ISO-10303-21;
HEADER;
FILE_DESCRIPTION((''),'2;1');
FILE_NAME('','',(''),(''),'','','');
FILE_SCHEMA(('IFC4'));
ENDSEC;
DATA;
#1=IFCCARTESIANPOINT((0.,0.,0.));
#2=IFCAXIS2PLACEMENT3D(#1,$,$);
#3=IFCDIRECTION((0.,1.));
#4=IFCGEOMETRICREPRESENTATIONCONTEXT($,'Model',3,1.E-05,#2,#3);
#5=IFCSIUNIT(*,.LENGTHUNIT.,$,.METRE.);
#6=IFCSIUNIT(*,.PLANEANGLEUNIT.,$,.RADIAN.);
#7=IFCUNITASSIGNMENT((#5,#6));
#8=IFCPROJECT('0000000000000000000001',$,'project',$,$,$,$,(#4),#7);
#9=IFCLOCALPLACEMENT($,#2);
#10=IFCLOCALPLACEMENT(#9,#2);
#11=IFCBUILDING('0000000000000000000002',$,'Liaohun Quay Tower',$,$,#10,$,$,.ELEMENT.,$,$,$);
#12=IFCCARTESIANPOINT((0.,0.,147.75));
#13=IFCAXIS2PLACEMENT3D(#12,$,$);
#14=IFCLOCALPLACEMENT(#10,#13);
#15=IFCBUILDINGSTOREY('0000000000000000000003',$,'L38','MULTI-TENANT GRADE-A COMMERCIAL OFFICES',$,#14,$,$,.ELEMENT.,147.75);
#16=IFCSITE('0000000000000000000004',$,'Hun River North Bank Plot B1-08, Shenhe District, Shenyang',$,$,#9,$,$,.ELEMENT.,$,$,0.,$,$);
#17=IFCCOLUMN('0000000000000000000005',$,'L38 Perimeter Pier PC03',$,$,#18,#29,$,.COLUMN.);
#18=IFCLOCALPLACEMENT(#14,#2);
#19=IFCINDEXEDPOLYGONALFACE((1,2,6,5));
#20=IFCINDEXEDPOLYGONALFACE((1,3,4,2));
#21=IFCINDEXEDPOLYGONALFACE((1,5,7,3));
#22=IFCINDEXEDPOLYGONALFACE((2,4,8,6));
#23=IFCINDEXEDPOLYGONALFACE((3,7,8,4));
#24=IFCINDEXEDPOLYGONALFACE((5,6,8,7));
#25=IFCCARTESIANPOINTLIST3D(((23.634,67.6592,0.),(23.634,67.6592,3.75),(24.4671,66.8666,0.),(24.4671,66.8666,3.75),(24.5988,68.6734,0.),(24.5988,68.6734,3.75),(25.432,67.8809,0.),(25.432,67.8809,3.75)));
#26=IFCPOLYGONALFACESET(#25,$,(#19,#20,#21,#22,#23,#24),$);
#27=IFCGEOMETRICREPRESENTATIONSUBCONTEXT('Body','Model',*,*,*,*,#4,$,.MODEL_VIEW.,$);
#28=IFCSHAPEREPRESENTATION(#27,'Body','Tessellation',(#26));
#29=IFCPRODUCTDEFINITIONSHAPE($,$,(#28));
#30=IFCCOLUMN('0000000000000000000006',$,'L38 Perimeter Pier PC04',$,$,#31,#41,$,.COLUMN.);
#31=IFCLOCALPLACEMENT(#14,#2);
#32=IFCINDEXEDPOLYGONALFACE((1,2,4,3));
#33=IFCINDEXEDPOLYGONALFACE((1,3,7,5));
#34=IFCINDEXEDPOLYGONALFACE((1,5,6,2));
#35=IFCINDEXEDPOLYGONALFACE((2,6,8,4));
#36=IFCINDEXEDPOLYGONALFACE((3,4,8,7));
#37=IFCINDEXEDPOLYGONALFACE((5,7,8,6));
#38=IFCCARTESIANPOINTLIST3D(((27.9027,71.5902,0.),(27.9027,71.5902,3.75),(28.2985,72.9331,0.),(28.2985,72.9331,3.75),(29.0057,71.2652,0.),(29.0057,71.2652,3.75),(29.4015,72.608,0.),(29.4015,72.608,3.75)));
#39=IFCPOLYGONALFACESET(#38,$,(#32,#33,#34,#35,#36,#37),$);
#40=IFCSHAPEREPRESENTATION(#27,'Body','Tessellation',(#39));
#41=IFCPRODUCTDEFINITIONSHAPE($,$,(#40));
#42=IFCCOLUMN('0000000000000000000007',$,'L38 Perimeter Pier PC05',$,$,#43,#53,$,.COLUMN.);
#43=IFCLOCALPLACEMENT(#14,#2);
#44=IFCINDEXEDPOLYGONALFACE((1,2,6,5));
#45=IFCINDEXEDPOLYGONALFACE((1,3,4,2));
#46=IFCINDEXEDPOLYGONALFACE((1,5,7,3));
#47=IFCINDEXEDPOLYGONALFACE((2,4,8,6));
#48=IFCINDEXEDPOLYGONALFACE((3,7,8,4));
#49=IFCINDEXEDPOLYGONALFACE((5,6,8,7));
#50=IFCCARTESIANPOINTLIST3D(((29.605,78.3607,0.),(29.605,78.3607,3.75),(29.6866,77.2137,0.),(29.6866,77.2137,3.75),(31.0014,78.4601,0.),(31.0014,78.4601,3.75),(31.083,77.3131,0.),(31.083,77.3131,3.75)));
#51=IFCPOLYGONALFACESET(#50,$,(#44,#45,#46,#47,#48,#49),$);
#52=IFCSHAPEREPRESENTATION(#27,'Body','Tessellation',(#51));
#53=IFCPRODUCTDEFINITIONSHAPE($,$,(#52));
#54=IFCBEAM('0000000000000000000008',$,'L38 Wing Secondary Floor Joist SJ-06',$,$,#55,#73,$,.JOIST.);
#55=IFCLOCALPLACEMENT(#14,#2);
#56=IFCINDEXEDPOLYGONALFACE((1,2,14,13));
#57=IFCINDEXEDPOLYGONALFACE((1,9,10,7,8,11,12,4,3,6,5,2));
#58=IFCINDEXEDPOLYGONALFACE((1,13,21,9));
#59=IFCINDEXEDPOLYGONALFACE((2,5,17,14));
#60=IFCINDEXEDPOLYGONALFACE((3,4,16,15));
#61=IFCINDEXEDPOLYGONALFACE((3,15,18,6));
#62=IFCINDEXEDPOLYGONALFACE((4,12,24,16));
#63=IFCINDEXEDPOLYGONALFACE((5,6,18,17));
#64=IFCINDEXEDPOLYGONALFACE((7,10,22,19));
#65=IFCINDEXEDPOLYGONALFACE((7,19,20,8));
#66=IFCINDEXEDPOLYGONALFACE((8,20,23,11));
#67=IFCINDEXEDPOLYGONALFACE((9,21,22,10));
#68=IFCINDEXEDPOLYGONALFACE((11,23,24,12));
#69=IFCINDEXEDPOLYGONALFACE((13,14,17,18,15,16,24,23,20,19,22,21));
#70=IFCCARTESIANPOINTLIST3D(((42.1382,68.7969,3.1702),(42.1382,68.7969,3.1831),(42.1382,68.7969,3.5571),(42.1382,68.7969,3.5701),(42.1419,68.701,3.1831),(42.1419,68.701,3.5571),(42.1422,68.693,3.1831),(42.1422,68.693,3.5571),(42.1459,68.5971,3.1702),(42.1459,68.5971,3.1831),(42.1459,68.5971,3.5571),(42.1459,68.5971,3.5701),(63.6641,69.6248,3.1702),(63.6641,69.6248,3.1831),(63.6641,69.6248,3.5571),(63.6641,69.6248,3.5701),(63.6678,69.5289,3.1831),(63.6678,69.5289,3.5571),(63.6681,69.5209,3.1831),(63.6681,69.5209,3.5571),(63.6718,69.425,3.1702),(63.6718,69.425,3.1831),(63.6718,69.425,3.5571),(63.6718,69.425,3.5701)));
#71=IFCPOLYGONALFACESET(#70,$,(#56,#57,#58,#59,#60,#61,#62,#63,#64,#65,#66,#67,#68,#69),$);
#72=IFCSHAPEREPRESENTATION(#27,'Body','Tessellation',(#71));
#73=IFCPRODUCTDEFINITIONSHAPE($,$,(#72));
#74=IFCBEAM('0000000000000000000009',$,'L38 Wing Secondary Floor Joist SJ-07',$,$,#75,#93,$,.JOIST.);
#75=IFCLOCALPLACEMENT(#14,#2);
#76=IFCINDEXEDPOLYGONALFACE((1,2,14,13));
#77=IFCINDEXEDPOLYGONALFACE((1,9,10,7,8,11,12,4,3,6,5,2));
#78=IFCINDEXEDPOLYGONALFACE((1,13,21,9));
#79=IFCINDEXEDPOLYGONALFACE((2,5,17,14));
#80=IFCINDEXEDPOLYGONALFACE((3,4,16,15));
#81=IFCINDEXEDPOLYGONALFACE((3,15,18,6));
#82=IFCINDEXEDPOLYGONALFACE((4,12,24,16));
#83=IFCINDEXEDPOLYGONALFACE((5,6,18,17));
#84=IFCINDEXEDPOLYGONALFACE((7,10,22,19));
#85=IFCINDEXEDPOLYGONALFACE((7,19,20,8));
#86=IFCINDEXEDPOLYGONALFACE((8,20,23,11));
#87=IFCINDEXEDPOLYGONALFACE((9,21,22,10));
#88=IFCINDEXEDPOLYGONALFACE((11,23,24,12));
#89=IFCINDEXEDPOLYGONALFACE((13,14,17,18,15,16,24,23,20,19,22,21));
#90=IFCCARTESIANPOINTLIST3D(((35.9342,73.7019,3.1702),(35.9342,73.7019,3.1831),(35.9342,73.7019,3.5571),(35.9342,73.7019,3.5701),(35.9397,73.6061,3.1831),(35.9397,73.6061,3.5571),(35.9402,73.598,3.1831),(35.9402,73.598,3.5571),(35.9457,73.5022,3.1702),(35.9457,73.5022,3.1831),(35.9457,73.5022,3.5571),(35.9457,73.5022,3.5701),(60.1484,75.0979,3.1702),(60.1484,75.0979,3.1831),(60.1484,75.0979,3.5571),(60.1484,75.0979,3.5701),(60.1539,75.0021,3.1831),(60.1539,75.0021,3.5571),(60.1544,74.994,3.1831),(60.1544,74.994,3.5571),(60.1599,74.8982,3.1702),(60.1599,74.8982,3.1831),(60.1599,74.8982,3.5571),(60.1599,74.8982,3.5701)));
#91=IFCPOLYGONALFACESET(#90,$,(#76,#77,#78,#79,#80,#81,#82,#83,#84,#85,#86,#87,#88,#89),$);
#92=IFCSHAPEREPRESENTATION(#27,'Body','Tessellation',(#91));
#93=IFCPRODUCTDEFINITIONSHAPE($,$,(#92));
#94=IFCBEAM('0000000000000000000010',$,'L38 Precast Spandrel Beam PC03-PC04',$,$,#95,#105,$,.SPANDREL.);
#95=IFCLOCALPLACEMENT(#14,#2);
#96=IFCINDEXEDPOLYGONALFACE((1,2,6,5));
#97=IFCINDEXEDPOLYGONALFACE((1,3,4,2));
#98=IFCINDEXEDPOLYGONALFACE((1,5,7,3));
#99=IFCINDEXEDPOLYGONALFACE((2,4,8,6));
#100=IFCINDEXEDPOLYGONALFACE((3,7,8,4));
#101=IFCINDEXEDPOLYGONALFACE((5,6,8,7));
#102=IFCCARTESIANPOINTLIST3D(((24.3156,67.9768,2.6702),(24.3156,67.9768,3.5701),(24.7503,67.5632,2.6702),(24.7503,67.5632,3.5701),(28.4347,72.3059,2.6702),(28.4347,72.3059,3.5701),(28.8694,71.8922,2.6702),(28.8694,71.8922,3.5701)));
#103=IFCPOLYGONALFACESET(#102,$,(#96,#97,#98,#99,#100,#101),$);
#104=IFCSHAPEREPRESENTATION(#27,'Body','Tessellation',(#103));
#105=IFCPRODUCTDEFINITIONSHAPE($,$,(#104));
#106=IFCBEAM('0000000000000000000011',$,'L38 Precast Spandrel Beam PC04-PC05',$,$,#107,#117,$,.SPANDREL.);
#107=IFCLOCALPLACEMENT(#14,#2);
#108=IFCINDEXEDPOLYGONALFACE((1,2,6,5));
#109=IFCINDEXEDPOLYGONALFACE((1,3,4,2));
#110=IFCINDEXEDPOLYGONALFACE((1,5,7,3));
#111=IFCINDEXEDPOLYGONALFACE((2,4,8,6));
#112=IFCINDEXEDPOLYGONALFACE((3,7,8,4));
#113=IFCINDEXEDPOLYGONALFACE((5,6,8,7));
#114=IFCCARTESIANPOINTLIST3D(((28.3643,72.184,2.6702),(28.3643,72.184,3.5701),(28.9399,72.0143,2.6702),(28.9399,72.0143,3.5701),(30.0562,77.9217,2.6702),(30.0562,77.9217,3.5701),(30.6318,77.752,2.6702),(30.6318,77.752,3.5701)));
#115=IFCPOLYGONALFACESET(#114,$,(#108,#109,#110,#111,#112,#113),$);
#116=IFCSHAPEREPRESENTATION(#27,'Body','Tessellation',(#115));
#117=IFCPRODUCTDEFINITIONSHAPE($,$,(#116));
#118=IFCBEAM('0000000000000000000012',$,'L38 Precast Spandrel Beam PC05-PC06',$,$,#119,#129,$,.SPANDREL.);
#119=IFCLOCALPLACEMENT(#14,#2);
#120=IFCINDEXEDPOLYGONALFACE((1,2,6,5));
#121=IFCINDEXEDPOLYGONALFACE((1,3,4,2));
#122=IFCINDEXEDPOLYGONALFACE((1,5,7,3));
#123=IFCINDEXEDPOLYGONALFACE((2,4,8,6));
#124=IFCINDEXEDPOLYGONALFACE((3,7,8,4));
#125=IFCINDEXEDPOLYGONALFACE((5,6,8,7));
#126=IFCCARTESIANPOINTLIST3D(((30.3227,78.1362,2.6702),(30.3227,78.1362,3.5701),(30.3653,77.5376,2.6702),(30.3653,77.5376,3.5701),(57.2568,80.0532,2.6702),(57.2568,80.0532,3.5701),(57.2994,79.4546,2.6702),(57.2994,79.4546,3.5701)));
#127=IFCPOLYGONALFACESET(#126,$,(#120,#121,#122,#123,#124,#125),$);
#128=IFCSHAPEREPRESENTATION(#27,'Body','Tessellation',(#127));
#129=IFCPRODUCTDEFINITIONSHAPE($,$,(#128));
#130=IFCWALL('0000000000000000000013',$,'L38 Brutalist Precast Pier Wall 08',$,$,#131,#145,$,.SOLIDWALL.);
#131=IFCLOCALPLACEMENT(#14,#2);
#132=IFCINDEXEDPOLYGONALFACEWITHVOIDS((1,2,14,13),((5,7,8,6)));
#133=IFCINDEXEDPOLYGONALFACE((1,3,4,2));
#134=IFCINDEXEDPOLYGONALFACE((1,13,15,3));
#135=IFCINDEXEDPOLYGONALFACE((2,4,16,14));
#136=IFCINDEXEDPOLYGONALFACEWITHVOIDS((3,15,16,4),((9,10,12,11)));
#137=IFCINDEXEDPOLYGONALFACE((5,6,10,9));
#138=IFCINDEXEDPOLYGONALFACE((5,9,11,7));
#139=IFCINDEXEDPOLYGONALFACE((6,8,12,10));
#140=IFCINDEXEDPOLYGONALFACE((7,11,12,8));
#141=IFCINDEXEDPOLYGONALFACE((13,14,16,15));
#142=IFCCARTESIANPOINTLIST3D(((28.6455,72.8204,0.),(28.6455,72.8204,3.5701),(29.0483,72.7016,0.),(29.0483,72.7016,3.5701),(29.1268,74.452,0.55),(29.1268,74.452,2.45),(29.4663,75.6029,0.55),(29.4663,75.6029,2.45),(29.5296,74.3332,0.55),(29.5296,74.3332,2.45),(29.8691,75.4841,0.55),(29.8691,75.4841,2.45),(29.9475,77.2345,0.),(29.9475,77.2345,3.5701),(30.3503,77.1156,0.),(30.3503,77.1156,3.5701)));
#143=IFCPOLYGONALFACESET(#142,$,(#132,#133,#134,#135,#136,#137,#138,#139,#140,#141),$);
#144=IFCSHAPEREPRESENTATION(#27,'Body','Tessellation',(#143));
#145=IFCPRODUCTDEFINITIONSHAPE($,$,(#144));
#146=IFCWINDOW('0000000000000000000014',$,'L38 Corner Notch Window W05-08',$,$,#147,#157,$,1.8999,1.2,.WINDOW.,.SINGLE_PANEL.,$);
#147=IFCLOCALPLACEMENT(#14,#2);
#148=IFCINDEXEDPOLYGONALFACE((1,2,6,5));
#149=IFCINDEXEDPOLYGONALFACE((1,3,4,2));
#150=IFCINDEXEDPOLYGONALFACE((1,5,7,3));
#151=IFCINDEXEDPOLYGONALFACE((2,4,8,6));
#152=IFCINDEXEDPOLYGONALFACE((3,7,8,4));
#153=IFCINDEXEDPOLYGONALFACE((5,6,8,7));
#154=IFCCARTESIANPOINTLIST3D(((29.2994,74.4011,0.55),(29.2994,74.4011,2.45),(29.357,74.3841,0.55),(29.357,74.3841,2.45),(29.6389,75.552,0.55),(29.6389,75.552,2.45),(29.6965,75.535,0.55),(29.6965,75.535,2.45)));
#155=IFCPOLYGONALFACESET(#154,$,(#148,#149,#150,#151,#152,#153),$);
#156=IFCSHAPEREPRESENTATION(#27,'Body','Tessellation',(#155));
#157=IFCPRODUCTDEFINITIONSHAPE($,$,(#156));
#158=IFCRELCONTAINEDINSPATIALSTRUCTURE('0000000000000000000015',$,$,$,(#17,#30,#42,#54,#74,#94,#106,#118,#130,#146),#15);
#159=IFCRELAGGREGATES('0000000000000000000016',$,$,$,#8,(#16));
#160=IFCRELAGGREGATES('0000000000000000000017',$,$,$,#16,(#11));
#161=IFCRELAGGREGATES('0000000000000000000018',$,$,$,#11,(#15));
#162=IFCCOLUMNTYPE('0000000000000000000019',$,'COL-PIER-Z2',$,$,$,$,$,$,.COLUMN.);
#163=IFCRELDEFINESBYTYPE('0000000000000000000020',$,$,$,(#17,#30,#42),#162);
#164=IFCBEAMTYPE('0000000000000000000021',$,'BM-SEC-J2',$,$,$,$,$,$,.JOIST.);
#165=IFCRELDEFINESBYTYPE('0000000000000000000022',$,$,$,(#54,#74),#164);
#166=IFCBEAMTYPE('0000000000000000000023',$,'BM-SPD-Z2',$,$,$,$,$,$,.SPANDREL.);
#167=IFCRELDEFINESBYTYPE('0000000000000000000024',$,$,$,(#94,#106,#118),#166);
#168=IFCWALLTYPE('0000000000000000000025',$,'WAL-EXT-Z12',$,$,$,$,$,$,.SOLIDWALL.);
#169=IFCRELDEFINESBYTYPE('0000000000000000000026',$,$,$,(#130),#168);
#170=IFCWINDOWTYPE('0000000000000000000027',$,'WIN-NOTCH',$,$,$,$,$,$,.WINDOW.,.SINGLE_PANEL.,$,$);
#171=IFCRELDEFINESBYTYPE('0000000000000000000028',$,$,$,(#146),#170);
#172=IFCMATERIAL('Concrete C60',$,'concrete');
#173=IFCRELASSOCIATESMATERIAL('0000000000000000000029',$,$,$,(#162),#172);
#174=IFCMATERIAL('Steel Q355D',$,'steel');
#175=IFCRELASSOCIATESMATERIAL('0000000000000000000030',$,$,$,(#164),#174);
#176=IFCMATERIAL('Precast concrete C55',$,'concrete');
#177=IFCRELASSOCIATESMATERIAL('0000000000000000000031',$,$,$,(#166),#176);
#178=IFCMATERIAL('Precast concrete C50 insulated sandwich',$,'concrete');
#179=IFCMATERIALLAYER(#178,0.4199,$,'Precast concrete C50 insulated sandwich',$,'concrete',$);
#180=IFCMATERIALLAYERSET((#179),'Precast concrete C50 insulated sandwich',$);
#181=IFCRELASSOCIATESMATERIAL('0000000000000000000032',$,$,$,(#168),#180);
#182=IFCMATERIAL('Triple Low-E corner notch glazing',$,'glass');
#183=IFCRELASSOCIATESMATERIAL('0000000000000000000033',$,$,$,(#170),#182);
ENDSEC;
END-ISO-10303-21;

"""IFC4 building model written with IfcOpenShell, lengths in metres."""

from ifc_helpers import new_model, si_unit, direction, frame, frame_2d, origin, origin_2d, place, context, subcontext, project, spatial, rectangle, i_section, extrude, source, transform, mapped, material, layer, layer_set, material_profile, profile_set, type_object, element, fill, save


model = new_model("IFC4")

# Units and contexts
model_context = context("Model", 3, precision=1e-05, world=origin(), true_north=direction((0.0, 1.0)))
body_context = subcontext(model_context, "Body", "Model", "MODEL_VIEW")
ifc_project = project(units=[si_unit("LENGTHUNIT", "METRE"), si_unit("PLANEANGLEUNIT", "RADIAN")], contexts=[model_context])

# Site, building, storey
site_placement = place(None, origin())
site = spatial("IfcSite", under=ifc_project, at=site_placement, Name="Hun River North Bank Plot B1-08, Shenhe District, Shenyang", CompositionType="ELEMENT", RefElevation=0.0)
building_placement = place(site_placement, origin())
building = spatial("IfcBuilding", under=site, at=building_placement, Name="Liaohun Quay Tower", CompositionType="ELEMENT")
storey_placement = place(building_placement, frame((0.0, 0.0, 147.75)))
storey = spatial("IfcBuildingStorey", under=building, at=storey_placement, Name="L38", Description="MULTI-TENANT GRADE-A COMMERCIAL OFFICES", CompositionType="ELEMENT", Elevation=147.75)

# Columns
ifc_material_1 = material(Name="Concrete C60", Category="concrete")
ifc_material_profile_1 = material_profile(ifc_material_1, rectangle(XDim=1.3999, YDim=1.1499, at=origin_2d()), Name="RC1400x1150")
ifc_profile_set_1 = profile_set([ifc_material_profile_1], Name="Concrete C60")
column_type = type_object("IfcColumnType", Name="COL-PIER-Z2", PredefinedType="COLUMN", material=ifc_profile_set_1)
shared_shape_1 = source(origin(), body_context, "Body", "SweptSolid", [
    extrude(rectangle(XDim=1.3999, YDim=1.1499, at=origin_2d()), origin(), (0.0, 0.0, 1.0), 3.75),
])
for number, where, z_axis, x_axis, name in (
    (1, (24.533, 67.77, 0.0), (0.0, 0.0, 1.0), (0.68924, 0.724533, 0.0), "L38 Perimeter Pier PC03"),
    (2, (28.6521, 72.0991, 0.0), (0.0, 0.0, 1.0), (0.282676, 0.959215, 0.0), "L38 Perimeter Pier PC04"),
    (3, (30.344, 77.8369, 0.0), (0.0, 0.0, 1.0), (0.997478, 0.070975, 0.0), "L38 Perimeter Pier PC05"),
):
    element("IfcColumn", number, at=place(storey_placement, frame(where, z_axis=z_axis, x_axis=x_axis)), inside=storey, type_object=column_type, Name=name, PredefinedType="COLUMN", context=body_context, shape_type="MappedRepresentation", body=[
        mapped(shared_shape_1, transform((0.0, 0.0, 0.0), x_axis=(1.0, 0.0, 0.0), y_axis=(0.0, 1.0, 0.0), z_axis=(0.0, 0.0, 1.0), scale=1.0)),
    ])

# Beams
ifc_material_2 = material(Name="Steel Q355D", Category="steel")
ifc_material_profile_2 = material_profile(ifc_material_2, i_section(OverallWidth=0.2, OverallDepth=0.3999, WebThickness=0.0081, FlangeThickness=0.0129, at=origin_2d()), Name="HN400x200x8x13")
ifc_profile_set_2 = profile_set([ifc_material_profile_2], Name="Steel Q355D")
beam_type_1 = type_object("IfcBeamType", Name="BM-SEC-J2", PredefinedType="JOIST", material=ifc_profile_set_2)
shared_shape_2 = source(origin(), body_context, "Body", "SweptSolid", [
    extrude(i_section(OverallWidth=0.2, OverallDepth=0.3999, WebThickness=0.0081, FlangeThickness=0.0129, at=origin_2d()), origin(), (0.0, 0.0, 1.0), 21.5417),
])
beam_1_placement = place(storey_placement, frame((42.1421, 68.697, 3.3701), z_axis=(0.999261, 0.038431, 0.0), x_axis=(-0.038431, 0.999261, 0.0)))
element("IfcBeam", 4, at=beam_1_placement, inside=storey, type_object=beam_type_1, Name="L38 Wing Secondary Floor Joist SJ-06", PredefinedType="JOIST", context=body_context, shape_type="MappedRepresentation", body=[
    mapped(shared_shape_2, transform((0.0, 0.0, 0.0), x_axis=(1.0, 0.0, 0.0), y_axis=(0.0, 1.0, 0.0), z_axis=(0.0, 0.0, 1.0), scale=1.0)),
])
shared_shape_3 = source(origin(), body_context, "Body", "SweptSolid", [
    extrude(i_section(OverallWidth=0.2, OverallDepth=0.3999, WebThickness=0.0081, FlangeThickness=0.0129, at=origin_2d()), origin(), (0.0, 0.0, 1.0), 24.2544),
])
beam_2_placement = place(storey_placement, frame((35.9399, 73.6021, 3.3701), z_axis=(0.998342, 0.057557, 0.0), x_axis=(-0.057557, 0.998342, 0.0)))
element("IfcBeam", 5, at=beam_2_placement, inside=storey, type_object=beam_type_1, Name="L38 Wing Secondary Floor Joist SJ-07", PredefinedType="JOIST", context=body_context, shape_type="MappedRepresentation", body=[
    mapped(shared_shape_3, transform((0.0, 0.0, 0.0), x_axis=(1.0, 0.0, 0.0), y_axis=(0.0, 1.0, 0.0), z_axis=(0.0, 0.0, 1.0), scale=1.0)),
])
ifc_material_3 = material(Name="Precast concrete C55", Category="concrete")
ifc_material_profile_3 = material_profile(ifc_material_3, rectangle(XDim=0.6001, YDim=0.8999, at=origin_2d()), Name="RC600x900")
ifc_profile_set_3 = profile_set([ifc_material_profile_3], Name="Precast concrete C55")
beam_type_2 = type_object("IfcBeamType", Name="BM-SPD-Z2", PredefinedType="SPANDREL", material=ifc_profile_set_3)
shared_shape_4 = source(origin(), body_context, "Body", "SweptSolid", [
    extrude(rectangle(XDim=0.6001, YDim=0.8999, at=origin_2d()), origin(), (0.0, 0.0, 1.0), 5.9756),
])
beam_3_placement = place(storey_placement, frame((24.533, 67.77, 3.1201), z_axis=(0.68932, 0.724457, 0.0), x_axis=(-0.724457, 0.68932, 0.0)))
element("IfcBeam", 6, at=beam_3_placement, inside=storey, type_object=beam_type_2, Name="L38 Precast Spandrel Beam PC03-PC04", PredefinedType="SPANDREL", context=body_context, shape_type="MappedRepresentation", body=[
    mapped(shared_shape_4, transform((0.0, 0.0, 0.0), x_axis=(1.0, 0.0, 0.0), y_axis=(0.0, 1.0, 0.0), z_axis=(0.0, 0.0, 1.0), scale=1.0)),
])
shared_shape_5 = source(origin(), body_context, "Body", "SweptSolid", [
    extrude(rectangle(XDim=0.6001, YDim=0.8999, at=origin_2d()), origin(), (0.0, 0.0, 1.0), 5.9819),
])
beam_4_placement = place(storey_placement, frame((28.6521, 72.0991, 3.1201), z_axis=(0.282829, 0.95917, 0.0), x_axis=(-0.95917, 0.282829, 0.0)))
element("IfcBeam", 7, at=beam_4_placement, inside=storey, type_object=beam_type_2, Name="L38 Precast Spandrel Beam PC04-PC05", PredefinedType="SPANDREL", context=body_context, shape_type="MappedRepresentation", body=[
    mapped(shared_shape_5, transform((0.0, 0.0, 0.0), x_axis=(1.0, 0.0, 0.0), y_axis=(0.0, 1.0, 0.0), z_axis=(0.0, 0.0, 1.0), scale=1.0)),
])
shared_shape_6 = source(origin(), body_context, "Body", "SweptSolid", [
    extrude(rectangle(XDim=0.6001, YDim=0.8999, at=origin_2d()), origin(), (0.0, 0.0, 1.0), 27.0022),
])
beam_5_placement = place(storey_placement, frame((30.344, 77.8369, 3.1201), z_axis=(0.997477, 0.070994, 0.0), x_axis=(-0.070994, 0.997477, 0.0)))
element("IfcBeam", 8, at=beam_5_placement, inside=storey, type_object=beam_type_2, Name="L38 Precast Spandrel Beam PC05-PC06", PredefinedType="SPANDREL", context=body_context, shape_type="MappedRepresentation", body=[
    mapped(shared_shape_6, transform((0.0, 0.0, 0.0), x_axis=(1.0, 0.0, 0.0), y_axis=(0.0, 1.0, 0.0), z_axis=(0.0, 0.0, 1.0), scale=1.0)),
])

# Wall, opening, window
ifc_material_4 = material(Name="Precast concrete C50 insulated sandwich", Category="concrete")
ifc_layer_1 = layer(ifc_material_4, 0.4199, Name="Precast concrete C50 insulated sandwich", Category="concrete")
ifc_layer_set_1 = layer_set([ifc_layer_1], Name="Precast concrete C50 insulated sandwich")
wall_type_1 = type_object("IfcWallType", Name="WAL-EXT-Z12", PredefinedType="SOLIDWALL", material=ifc_layer_set_1)
wall_1_placement = place(storey_placement, frame((30.1489, 77.175, 0.0), z_axis=(0.0, 0.0, 1.0), x_axis=(-0.282916, -0.959145, 0.0)))
wall_1 = element("IfcWall", 9, at=wall_1_placement, inside=storey, type_object=wall_type_1, Name="L38 Brutalist Precast Pier Wall 08", PredefinedType="SOLIDWALL", context=body_context, shape_type="SweptSolid", body=[
    extrude(rectangle(XDim=4.6021, YDim=0.4199, at=frame_2d((2.301, 0.0))), origin(), (0.0, 0.0, 1.0), 3.5701),
])
shared_shape_7 = source(origin(), body_context, "Body", "SweptSolid", [
    extrude(rectangle(XDim=1.2, YDim=1.8999, at=frame_2d((0.6001, 0.95))), frame((0.0, 0.22, 0.0), z_axis=(0.0, -1.0, 0.0), x_axis=(1.0, 0.0, 0.0)), (0.0, 0.0, 1.0), 0.4399),
])
opening_1_placement = place(wall_1_placement, frame((1.7009, 0.0, 0.55)))
opening_1 = element("IfcOpeningElement", 10, at=opening_1_placement, cuts=wall_1, PredefinedType="OPENING", context=body_context, shape_type="MappedRepresentation", body=[
    mapped(shared_shape_7, transform((0.0, 0.0, 0.0), x_axis=(1.0, 0.0, 0.0), y_axis=(0.0, 1.0, 0.0), z_axis=(0.0, 0.0, 1.0), scale=1.0)),
])
ifc_material_5 = material(Name="Triple Low-E corner notch glazing", Category="glass")
window_type_1 = type_object("IfcWindowType", Name="WIN-NOTCH", PartitioningType="SINGLE_PANEL", PredefinedType="WINDOW", material=ifc_material_5)
shared_shape_8 = source(origin(), body_context, "Body", "SweptSolid", [
    extrude(rectangle(XDim=1.2, YDim=1.8999, at=frame_2d((0.6001, 0.95))), frame((0.0, 0.03, 0.0), z_axis=(0.0, -1.0, 0.0), x_axis=(1.0, 0.0, 0.0)), (0.0, 0.0, 1.0), 0.0601),
])
window_1_placement = place(opening_1_placement, origin())
window_1 = element("IfcWindow", 11, at=window_1_placement, inside=storey, type_object=window_type_1, Name="L38 Corner Notch Window W05-08", OverallHeight=1.8999, OverallWidth=1.2, PartitioningType="SINGLE_PANEL", PredefinedType="WINDOW", context=body_context, shape_type="MappedRepresentation", body=[
    mapped(shared_shape_8, transform((0.0, 0.0, 0.0), x_axis=(1.0, 0.0, 0.0), y_axis=(0.0, 1.0, 0.0), z_axis=(0.0, 0.0, 1.0), scale=1.0)),
])
fill(opening_1, window_1)

save(model, "model.ifc")
